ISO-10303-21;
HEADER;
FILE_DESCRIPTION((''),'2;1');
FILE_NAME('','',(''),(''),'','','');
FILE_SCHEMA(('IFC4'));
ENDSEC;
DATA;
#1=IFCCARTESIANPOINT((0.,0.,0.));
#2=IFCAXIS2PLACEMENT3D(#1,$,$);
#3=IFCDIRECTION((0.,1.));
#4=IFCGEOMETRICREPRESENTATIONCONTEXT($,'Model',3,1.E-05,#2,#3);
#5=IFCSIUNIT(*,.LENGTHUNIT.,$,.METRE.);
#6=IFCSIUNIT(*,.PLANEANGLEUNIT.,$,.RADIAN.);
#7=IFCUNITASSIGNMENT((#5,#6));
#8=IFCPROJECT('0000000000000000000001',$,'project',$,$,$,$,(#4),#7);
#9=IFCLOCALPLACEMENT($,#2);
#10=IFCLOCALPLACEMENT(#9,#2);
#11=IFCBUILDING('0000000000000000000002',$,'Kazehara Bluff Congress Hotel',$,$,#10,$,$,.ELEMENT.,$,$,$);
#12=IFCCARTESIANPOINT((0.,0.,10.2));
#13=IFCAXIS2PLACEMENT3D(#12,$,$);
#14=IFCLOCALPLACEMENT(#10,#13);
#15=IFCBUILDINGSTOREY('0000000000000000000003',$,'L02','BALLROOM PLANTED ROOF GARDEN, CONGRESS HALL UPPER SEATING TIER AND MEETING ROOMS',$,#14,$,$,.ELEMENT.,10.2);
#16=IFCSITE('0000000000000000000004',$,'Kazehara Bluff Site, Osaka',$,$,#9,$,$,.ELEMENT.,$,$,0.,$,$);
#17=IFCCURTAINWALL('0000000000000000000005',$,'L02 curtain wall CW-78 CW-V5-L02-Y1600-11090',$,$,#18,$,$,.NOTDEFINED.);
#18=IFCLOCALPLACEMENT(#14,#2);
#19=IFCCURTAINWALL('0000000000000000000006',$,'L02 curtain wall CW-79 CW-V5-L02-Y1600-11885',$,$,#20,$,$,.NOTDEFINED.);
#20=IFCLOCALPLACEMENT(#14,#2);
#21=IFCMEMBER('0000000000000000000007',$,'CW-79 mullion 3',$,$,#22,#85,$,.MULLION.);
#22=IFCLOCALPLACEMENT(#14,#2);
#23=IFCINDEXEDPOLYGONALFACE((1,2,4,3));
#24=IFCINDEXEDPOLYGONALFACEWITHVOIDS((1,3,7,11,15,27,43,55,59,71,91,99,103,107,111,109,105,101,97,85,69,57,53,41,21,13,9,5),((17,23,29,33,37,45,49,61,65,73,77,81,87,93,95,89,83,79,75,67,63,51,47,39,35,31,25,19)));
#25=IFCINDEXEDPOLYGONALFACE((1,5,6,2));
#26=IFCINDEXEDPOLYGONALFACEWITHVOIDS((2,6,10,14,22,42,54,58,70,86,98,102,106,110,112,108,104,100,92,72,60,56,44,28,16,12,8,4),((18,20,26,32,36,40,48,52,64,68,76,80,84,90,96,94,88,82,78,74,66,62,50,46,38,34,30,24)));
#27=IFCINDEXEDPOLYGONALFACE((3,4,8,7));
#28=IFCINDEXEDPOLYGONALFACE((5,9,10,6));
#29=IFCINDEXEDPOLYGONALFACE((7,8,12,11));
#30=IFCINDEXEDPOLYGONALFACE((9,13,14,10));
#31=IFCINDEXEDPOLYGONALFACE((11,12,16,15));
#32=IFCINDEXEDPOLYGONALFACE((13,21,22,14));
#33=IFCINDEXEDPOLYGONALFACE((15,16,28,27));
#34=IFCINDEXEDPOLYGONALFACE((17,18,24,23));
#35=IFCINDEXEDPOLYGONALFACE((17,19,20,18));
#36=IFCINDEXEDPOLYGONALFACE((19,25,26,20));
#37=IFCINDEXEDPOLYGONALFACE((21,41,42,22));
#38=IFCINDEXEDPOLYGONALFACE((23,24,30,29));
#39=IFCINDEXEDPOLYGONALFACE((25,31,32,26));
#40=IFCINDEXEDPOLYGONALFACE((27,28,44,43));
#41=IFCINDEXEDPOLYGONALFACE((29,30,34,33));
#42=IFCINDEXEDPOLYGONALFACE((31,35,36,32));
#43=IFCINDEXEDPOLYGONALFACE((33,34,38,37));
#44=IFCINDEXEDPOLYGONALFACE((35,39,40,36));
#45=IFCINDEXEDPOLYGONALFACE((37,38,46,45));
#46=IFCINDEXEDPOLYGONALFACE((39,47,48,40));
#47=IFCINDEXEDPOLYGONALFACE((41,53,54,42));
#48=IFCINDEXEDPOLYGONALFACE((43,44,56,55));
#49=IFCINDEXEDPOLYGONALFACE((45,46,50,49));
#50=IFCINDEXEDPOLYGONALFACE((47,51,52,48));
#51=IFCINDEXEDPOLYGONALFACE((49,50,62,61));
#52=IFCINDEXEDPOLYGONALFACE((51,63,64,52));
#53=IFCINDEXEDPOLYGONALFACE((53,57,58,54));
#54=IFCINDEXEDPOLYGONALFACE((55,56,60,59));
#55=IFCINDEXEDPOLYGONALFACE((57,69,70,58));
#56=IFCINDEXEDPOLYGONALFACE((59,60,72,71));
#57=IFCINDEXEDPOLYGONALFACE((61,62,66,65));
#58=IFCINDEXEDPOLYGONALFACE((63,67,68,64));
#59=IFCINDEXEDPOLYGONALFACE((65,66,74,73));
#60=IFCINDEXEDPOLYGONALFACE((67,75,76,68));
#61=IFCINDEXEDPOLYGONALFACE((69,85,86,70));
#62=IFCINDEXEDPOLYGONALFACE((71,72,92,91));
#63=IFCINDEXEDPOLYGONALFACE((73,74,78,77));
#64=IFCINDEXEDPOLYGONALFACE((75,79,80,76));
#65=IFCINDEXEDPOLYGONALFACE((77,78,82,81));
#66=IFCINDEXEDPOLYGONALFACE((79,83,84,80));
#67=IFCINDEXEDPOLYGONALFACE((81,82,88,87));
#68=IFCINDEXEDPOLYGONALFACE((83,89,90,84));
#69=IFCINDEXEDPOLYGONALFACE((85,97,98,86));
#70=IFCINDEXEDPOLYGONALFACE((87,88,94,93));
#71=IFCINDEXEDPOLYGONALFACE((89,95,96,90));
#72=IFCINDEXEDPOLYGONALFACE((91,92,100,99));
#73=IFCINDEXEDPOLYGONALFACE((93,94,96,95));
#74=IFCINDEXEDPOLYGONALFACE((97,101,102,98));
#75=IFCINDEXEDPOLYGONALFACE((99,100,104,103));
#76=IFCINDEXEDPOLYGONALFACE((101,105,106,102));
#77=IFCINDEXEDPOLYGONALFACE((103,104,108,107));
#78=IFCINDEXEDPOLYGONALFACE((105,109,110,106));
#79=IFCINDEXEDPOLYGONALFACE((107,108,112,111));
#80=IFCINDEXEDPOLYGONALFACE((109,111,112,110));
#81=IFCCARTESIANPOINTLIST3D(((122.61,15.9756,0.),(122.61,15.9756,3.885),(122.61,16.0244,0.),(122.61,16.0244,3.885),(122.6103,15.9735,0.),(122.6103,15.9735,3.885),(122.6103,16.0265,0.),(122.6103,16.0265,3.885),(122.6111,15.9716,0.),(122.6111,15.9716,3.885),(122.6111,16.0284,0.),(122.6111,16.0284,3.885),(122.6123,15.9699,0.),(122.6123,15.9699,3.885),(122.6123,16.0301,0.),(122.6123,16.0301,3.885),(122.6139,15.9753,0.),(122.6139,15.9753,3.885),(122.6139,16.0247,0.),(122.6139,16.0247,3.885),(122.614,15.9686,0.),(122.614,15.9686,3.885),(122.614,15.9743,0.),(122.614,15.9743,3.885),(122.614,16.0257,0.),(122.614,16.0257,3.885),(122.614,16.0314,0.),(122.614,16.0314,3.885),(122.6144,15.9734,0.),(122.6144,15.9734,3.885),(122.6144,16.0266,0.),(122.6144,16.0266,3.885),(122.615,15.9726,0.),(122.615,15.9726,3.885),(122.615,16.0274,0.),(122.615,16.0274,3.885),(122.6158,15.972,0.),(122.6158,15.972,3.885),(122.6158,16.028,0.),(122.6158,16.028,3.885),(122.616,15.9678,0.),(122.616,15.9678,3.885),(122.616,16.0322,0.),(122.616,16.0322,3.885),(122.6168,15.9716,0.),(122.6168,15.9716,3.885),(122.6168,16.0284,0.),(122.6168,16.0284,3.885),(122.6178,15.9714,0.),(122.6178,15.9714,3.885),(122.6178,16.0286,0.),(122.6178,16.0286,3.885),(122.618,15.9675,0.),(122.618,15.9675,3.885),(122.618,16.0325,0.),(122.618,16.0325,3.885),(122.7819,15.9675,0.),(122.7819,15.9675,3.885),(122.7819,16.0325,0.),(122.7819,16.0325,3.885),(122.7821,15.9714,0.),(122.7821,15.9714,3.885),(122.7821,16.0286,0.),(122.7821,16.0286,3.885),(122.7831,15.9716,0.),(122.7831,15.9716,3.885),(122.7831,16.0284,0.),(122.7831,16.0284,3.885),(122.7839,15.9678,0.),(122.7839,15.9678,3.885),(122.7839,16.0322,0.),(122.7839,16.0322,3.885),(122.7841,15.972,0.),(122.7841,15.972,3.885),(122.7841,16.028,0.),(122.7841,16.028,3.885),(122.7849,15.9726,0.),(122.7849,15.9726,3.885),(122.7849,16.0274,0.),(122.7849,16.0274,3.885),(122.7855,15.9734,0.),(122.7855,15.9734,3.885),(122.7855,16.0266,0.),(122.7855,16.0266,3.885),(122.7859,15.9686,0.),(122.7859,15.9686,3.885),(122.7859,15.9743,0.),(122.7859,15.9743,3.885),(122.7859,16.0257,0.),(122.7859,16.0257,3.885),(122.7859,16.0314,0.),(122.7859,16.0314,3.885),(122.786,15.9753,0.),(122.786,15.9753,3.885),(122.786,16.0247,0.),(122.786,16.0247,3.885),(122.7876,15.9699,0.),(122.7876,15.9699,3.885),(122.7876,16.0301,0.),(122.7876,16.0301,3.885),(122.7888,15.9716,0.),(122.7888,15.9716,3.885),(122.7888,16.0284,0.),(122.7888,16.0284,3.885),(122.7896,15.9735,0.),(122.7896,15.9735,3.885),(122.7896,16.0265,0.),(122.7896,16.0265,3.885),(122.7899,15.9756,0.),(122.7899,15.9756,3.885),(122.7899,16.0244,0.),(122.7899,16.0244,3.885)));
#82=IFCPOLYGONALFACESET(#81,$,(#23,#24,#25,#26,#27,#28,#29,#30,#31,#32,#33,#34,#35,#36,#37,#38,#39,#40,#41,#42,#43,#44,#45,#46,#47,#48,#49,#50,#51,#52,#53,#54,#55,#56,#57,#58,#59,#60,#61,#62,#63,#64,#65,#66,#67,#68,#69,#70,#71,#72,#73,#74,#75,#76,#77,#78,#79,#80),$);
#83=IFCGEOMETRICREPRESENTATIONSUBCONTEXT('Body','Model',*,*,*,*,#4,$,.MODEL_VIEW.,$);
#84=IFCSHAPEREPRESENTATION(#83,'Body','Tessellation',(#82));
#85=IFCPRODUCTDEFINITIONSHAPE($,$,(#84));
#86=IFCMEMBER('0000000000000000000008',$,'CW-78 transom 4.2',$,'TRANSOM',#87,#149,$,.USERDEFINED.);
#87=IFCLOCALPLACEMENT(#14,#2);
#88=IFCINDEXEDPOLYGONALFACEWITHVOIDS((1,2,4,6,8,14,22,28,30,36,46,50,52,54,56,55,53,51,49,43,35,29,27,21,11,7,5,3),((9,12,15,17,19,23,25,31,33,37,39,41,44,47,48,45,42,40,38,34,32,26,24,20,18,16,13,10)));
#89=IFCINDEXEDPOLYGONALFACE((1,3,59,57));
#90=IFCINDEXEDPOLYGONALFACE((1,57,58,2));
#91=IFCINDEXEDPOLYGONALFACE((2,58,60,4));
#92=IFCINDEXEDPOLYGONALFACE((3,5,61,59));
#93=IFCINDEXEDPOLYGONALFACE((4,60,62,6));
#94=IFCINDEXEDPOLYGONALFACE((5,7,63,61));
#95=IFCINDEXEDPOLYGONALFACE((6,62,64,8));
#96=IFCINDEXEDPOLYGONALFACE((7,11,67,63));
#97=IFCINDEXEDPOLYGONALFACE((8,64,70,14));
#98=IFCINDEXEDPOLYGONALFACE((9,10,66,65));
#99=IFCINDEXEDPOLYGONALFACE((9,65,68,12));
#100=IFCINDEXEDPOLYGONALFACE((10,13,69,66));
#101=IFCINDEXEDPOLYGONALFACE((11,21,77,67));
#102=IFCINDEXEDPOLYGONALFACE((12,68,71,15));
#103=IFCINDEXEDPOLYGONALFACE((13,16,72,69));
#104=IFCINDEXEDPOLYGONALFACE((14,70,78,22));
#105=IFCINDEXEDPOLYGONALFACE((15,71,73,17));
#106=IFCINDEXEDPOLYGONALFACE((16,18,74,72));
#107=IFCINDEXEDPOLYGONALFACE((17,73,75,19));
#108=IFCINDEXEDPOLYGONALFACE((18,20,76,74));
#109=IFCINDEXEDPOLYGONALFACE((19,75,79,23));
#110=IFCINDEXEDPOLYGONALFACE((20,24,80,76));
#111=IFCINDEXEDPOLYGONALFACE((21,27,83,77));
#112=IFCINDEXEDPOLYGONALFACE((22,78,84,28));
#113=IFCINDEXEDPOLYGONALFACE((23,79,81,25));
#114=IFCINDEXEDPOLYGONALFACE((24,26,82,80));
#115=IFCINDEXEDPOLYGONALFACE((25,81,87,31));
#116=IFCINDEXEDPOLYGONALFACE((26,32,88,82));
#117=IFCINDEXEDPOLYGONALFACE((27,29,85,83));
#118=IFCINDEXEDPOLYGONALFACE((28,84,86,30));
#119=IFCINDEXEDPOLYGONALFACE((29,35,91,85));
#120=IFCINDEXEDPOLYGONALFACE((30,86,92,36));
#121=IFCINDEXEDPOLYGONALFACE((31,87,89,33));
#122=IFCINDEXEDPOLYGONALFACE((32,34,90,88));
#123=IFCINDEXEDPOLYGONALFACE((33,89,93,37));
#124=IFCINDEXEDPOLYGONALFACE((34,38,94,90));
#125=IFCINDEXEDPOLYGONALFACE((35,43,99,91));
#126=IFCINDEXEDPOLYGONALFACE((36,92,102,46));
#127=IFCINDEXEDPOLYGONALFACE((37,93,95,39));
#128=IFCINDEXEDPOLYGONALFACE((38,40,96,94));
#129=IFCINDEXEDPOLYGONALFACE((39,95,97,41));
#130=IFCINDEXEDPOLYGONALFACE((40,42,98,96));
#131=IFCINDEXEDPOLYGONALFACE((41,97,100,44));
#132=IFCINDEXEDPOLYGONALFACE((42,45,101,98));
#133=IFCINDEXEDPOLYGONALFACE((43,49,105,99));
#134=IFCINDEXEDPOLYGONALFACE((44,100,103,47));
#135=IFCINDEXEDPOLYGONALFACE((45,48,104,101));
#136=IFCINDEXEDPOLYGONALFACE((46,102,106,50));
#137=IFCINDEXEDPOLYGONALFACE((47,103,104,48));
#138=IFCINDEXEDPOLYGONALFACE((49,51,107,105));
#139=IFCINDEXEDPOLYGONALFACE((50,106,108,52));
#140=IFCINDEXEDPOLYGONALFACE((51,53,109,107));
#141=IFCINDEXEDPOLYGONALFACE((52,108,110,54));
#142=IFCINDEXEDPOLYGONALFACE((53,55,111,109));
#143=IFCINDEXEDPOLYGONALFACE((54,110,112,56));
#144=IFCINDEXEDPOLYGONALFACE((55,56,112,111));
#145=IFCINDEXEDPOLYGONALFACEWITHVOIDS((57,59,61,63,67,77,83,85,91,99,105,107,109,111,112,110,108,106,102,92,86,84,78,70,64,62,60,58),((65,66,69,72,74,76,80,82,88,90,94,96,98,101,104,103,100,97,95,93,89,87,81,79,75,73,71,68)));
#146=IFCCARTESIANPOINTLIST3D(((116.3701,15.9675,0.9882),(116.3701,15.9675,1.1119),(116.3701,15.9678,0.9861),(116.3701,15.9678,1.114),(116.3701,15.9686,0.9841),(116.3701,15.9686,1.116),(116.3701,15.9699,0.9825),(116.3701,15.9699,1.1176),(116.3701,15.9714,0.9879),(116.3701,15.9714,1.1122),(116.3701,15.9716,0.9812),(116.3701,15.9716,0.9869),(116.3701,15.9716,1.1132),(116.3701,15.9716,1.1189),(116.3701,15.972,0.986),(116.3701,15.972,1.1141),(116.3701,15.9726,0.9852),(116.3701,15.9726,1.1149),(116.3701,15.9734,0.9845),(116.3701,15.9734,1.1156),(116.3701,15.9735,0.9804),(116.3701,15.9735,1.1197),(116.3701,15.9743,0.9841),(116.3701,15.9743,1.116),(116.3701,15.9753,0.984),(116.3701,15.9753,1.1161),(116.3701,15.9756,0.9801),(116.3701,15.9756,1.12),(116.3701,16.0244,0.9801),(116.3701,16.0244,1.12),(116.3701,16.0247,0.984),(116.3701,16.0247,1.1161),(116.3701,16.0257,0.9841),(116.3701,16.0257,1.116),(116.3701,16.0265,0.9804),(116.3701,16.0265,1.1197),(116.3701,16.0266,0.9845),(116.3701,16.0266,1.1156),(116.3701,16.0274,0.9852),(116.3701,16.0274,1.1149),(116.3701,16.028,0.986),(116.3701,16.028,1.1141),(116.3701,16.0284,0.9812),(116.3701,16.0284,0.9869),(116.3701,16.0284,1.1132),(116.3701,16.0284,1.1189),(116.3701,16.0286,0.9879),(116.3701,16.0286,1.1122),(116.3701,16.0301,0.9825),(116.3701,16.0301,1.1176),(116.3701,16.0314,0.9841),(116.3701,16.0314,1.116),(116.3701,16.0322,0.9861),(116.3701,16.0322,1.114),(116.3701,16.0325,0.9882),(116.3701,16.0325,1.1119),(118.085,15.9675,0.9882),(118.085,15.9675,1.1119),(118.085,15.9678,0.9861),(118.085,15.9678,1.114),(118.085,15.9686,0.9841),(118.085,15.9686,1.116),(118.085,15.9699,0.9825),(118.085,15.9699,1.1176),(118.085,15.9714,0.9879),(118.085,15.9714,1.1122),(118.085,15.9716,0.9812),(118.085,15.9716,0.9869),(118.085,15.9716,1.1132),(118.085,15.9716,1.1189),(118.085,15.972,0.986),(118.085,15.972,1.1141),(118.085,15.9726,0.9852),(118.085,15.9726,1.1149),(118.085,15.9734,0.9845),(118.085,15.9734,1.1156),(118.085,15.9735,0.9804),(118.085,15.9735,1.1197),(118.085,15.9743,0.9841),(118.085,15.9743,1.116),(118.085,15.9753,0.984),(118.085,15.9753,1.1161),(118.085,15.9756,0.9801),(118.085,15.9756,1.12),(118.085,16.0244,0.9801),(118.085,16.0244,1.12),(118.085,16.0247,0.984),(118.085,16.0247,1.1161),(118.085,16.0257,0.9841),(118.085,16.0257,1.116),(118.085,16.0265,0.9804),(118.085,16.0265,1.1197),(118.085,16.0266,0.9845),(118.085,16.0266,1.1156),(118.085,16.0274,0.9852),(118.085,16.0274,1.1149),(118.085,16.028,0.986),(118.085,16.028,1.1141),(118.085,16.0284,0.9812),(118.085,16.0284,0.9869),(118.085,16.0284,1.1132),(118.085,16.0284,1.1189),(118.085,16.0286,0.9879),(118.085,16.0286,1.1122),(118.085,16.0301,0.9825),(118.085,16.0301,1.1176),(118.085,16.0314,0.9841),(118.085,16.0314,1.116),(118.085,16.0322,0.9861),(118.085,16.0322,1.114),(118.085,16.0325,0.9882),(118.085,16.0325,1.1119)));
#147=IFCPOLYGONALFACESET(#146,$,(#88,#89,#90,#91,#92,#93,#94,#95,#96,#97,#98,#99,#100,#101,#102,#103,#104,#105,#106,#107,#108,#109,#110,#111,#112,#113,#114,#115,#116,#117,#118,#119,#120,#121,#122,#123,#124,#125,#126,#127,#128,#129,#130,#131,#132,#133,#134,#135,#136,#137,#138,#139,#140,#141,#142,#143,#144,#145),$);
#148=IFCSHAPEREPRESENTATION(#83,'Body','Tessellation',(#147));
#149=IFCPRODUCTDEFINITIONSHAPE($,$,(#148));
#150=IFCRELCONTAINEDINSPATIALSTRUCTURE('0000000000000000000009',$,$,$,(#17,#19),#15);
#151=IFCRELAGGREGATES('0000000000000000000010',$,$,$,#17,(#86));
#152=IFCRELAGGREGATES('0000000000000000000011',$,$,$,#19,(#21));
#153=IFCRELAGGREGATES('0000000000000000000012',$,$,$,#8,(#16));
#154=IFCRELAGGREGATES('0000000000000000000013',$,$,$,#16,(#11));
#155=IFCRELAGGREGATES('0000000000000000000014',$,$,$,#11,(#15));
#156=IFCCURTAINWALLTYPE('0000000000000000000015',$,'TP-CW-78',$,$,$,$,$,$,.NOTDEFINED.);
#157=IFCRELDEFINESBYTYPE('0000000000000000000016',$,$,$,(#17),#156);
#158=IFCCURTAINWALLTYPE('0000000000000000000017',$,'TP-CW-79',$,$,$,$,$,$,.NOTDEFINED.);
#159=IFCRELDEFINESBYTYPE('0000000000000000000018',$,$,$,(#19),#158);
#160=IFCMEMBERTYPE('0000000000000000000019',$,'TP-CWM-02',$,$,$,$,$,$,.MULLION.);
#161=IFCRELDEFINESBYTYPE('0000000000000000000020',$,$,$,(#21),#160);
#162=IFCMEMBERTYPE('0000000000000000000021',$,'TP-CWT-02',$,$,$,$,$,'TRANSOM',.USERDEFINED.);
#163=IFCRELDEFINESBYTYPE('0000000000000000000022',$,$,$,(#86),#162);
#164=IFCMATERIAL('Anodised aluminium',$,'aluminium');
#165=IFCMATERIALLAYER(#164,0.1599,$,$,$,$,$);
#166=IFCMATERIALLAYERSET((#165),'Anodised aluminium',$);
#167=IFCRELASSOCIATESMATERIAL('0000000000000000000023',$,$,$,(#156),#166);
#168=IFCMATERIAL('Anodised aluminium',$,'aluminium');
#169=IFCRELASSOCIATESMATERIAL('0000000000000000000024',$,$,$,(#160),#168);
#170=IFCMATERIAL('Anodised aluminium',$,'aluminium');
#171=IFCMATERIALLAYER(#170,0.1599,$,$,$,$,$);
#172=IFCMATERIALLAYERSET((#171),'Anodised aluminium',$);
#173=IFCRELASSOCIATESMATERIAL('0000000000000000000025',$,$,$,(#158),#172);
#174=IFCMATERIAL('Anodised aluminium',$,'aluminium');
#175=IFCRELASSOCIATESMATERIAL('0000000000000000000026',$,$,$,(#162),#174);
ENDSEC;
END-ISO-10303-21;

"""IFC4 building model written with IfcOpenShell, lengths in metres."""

from ifc_helpers import new_model, si_unit, direction, frame, origin, origin_2d, place, context, subcontext, project, spatial, hollow_rectangle, extrude, material, layer, layer_set, material_profile, profile_set, type_object, element, aggregate, save


model = new_model("IFC4")

# Units and contexts
model_context = context("Model", 3, precision=1e-05, world=origin(), true_north=direction((0.0, 1.0)))
body_context = subcontext(model_context, "Body", "Model", "MODEL_VIEW")
ifc_project = project(units=[si_unit("LENGTHUNIT", "METRE"), si_unit("PLANEANGLEUNIT", "RADIAN")], contexts=[model_context])

# Site, building, storey
site_placement = place(None, origin())
site = spatial("IfcSite", under=ifc_project, at=site_placement, Name="Kazehara Bluff Site, Osaka", CompositionType="ELEMENT", RefElevation=0.0)
building_placement = place(site_placement, origin())
building = spatial("IfcBuilding", under=site, at=building_placement, Name="Kazehara Bluff Congress Hotel", CompositionType="ELEMENT")
storey_placement = place(building_placement, frame((0.0, 0.0, 10.2)))
storey = spatial("IfcBuildingStorey", under=building, at=storey_placement, Name="L02", Description="BALLROOM PLANTED ROOF GARDEN, CONGRESS HALL UPPER SEATING TIER AND MEETING ROOMS", CompositionType="ELEMENT", Elevation=10.2)

# Curtain wall
ifc_material_1 = material(Name="Anodised aluminium", Category="aluminium")
ifc_layer_1 = layer(ifc_material_1, 0.1599)
ifc_layer_set_1 = layer_set([ifc_layer_1], Name="Anodised aluminium")
curtain_wall_type_1 = type_object("IfcCurtainWallType", Name="TP-CW-78", PredefinedType="NOTDEFINED", material=ifc_layer_set_1)
curtain_wall_1_placement = place(storey_placement, origin())
curtain_wall_1 = element("IfcCurtainWall", 1, at=curtain_wall_1_placement, inside=storey, type_object=curtain_wall_type_1, Name="L02 curtain wall CW-78 CW-V5-L02-Y1600-11090", PredefinedType="NOTDEFINED")
ifc_material_2 = material(Name="Anodised aluminium", Category="aluminium")
ifc_material_profile_1 = material_profile(ifc_material_2, hollow_rectangle(XDim=0.0649, YDim=0.1799, WallThickness=0.0039, InnerFilletRadius=0.0039, OuterFilletRadius=0.0081, at=origin_2d()))
ifc_profile_set_1 = profile_set([ifc_material_profile_1], Name="Anodised aluminium")
member_type_1 = type_object("IfcMemberType", Name="TP-CWM-02", PredefinedType="MULLION", material=ifc_profile_set_1)

# Curtain wall, member
ifc_material_3 = material(Name="Anodised aluminium", Category="aluminium")
ifc_layer_2 = layer(ifc_material_3, 0.1599)
ifc_layer_set_2 = layer_set([ifc_layer_2], Name="Anodised aluminium")
curtain_wall_type_2 = type_object("IfcCurtainWallType", Name="TP-CW-79", PredefinedType="NOTDEFINED", material=ifc_layer_set_2)
curtain_wall_2_placement = place(storey_placement, origin())
curtain_wall_2 = element("IfcCurtainWall", 2, at=curtain_wall_2_placement, inside=storey, type_object=curtain_wall_type_2, Name="L02 curtain wall CW-79 CW-V5-L02-Y1600-11885", PredefinedType="NOTDEFINED")
member_1_placement = place(storey_placement, frame((122.7, 16.0, 0.0), z_axis=(0.0, 0.0, 1.0), x_axis=(0.0, 1.0, 0.0)))
member_1 = element("IfcMember", 3, at=member_1_placement, type_object=member_type_1, Name="CW-79 mullion 3", PredefinedType="MULLION", context=body_context, shape_type="SweptSolid", body=[
    extrude(hollow_rectangle(XDim=0.0649, YDim=0.1799, WallThickness=0.0039, InnerFilletRadius=0.0039, OuterFilletRadius=0.0081, at=origin_2d()), origin(), (0.0, 0.0, 1.0), 3.885),
])

# Member
ifc_material_4 = material(Name="Anodised aluminium", Category="aluminium")
ifc_material_profile_2 = material_profile(ifc_material_4, hollow_rectangle(XDim=0.0649, YDim=0.1399, WallThickness=0.0039, InnerFilletRadius=0.0039, OuterFilletRadius=0.0081, at=origin_2d()))
ifc_profile_set_2 = profile_set([ifc_material_profile_2], Name="Anodised aluminium")
member_type_2 = type_object("IfcMemberType", Name="TP-CWT-02", ElementType="TRANSOM", PredefinedType="USERDEFINED", material=ifc_profile_set_2)
member_2_placement = place(storey_placement, frame((116.3701, 16.0, 1.05), z_axis=(1.0, 0.0, 0.0), x_axis=(0.0, 1.0, 0.0)))
member_2 = element("IfcMember", 4, at=member_2_placement, type_object=member_type_2, Name="CW-78 transom 4.2", ObjectType="TRANSOM", PredefinedType="USERDEFINED", context=body_context, shape_type="SweptSolid", body=[
    extrude(hollow_rectangle(XDim=0.0649, YDim=0.1399, WallThickness=0.0039, InnerFilletRadius=0.0039, OuterFilletRadius=0.0081, at=origin_2d()), origin(), (0.0, 0.0, 1.0), 1.7148),
])

aggregate(curtain_wall_1, [member_2])
aggregate(curtain_wall_2, [member_1])

save(model, "model.ifc")
